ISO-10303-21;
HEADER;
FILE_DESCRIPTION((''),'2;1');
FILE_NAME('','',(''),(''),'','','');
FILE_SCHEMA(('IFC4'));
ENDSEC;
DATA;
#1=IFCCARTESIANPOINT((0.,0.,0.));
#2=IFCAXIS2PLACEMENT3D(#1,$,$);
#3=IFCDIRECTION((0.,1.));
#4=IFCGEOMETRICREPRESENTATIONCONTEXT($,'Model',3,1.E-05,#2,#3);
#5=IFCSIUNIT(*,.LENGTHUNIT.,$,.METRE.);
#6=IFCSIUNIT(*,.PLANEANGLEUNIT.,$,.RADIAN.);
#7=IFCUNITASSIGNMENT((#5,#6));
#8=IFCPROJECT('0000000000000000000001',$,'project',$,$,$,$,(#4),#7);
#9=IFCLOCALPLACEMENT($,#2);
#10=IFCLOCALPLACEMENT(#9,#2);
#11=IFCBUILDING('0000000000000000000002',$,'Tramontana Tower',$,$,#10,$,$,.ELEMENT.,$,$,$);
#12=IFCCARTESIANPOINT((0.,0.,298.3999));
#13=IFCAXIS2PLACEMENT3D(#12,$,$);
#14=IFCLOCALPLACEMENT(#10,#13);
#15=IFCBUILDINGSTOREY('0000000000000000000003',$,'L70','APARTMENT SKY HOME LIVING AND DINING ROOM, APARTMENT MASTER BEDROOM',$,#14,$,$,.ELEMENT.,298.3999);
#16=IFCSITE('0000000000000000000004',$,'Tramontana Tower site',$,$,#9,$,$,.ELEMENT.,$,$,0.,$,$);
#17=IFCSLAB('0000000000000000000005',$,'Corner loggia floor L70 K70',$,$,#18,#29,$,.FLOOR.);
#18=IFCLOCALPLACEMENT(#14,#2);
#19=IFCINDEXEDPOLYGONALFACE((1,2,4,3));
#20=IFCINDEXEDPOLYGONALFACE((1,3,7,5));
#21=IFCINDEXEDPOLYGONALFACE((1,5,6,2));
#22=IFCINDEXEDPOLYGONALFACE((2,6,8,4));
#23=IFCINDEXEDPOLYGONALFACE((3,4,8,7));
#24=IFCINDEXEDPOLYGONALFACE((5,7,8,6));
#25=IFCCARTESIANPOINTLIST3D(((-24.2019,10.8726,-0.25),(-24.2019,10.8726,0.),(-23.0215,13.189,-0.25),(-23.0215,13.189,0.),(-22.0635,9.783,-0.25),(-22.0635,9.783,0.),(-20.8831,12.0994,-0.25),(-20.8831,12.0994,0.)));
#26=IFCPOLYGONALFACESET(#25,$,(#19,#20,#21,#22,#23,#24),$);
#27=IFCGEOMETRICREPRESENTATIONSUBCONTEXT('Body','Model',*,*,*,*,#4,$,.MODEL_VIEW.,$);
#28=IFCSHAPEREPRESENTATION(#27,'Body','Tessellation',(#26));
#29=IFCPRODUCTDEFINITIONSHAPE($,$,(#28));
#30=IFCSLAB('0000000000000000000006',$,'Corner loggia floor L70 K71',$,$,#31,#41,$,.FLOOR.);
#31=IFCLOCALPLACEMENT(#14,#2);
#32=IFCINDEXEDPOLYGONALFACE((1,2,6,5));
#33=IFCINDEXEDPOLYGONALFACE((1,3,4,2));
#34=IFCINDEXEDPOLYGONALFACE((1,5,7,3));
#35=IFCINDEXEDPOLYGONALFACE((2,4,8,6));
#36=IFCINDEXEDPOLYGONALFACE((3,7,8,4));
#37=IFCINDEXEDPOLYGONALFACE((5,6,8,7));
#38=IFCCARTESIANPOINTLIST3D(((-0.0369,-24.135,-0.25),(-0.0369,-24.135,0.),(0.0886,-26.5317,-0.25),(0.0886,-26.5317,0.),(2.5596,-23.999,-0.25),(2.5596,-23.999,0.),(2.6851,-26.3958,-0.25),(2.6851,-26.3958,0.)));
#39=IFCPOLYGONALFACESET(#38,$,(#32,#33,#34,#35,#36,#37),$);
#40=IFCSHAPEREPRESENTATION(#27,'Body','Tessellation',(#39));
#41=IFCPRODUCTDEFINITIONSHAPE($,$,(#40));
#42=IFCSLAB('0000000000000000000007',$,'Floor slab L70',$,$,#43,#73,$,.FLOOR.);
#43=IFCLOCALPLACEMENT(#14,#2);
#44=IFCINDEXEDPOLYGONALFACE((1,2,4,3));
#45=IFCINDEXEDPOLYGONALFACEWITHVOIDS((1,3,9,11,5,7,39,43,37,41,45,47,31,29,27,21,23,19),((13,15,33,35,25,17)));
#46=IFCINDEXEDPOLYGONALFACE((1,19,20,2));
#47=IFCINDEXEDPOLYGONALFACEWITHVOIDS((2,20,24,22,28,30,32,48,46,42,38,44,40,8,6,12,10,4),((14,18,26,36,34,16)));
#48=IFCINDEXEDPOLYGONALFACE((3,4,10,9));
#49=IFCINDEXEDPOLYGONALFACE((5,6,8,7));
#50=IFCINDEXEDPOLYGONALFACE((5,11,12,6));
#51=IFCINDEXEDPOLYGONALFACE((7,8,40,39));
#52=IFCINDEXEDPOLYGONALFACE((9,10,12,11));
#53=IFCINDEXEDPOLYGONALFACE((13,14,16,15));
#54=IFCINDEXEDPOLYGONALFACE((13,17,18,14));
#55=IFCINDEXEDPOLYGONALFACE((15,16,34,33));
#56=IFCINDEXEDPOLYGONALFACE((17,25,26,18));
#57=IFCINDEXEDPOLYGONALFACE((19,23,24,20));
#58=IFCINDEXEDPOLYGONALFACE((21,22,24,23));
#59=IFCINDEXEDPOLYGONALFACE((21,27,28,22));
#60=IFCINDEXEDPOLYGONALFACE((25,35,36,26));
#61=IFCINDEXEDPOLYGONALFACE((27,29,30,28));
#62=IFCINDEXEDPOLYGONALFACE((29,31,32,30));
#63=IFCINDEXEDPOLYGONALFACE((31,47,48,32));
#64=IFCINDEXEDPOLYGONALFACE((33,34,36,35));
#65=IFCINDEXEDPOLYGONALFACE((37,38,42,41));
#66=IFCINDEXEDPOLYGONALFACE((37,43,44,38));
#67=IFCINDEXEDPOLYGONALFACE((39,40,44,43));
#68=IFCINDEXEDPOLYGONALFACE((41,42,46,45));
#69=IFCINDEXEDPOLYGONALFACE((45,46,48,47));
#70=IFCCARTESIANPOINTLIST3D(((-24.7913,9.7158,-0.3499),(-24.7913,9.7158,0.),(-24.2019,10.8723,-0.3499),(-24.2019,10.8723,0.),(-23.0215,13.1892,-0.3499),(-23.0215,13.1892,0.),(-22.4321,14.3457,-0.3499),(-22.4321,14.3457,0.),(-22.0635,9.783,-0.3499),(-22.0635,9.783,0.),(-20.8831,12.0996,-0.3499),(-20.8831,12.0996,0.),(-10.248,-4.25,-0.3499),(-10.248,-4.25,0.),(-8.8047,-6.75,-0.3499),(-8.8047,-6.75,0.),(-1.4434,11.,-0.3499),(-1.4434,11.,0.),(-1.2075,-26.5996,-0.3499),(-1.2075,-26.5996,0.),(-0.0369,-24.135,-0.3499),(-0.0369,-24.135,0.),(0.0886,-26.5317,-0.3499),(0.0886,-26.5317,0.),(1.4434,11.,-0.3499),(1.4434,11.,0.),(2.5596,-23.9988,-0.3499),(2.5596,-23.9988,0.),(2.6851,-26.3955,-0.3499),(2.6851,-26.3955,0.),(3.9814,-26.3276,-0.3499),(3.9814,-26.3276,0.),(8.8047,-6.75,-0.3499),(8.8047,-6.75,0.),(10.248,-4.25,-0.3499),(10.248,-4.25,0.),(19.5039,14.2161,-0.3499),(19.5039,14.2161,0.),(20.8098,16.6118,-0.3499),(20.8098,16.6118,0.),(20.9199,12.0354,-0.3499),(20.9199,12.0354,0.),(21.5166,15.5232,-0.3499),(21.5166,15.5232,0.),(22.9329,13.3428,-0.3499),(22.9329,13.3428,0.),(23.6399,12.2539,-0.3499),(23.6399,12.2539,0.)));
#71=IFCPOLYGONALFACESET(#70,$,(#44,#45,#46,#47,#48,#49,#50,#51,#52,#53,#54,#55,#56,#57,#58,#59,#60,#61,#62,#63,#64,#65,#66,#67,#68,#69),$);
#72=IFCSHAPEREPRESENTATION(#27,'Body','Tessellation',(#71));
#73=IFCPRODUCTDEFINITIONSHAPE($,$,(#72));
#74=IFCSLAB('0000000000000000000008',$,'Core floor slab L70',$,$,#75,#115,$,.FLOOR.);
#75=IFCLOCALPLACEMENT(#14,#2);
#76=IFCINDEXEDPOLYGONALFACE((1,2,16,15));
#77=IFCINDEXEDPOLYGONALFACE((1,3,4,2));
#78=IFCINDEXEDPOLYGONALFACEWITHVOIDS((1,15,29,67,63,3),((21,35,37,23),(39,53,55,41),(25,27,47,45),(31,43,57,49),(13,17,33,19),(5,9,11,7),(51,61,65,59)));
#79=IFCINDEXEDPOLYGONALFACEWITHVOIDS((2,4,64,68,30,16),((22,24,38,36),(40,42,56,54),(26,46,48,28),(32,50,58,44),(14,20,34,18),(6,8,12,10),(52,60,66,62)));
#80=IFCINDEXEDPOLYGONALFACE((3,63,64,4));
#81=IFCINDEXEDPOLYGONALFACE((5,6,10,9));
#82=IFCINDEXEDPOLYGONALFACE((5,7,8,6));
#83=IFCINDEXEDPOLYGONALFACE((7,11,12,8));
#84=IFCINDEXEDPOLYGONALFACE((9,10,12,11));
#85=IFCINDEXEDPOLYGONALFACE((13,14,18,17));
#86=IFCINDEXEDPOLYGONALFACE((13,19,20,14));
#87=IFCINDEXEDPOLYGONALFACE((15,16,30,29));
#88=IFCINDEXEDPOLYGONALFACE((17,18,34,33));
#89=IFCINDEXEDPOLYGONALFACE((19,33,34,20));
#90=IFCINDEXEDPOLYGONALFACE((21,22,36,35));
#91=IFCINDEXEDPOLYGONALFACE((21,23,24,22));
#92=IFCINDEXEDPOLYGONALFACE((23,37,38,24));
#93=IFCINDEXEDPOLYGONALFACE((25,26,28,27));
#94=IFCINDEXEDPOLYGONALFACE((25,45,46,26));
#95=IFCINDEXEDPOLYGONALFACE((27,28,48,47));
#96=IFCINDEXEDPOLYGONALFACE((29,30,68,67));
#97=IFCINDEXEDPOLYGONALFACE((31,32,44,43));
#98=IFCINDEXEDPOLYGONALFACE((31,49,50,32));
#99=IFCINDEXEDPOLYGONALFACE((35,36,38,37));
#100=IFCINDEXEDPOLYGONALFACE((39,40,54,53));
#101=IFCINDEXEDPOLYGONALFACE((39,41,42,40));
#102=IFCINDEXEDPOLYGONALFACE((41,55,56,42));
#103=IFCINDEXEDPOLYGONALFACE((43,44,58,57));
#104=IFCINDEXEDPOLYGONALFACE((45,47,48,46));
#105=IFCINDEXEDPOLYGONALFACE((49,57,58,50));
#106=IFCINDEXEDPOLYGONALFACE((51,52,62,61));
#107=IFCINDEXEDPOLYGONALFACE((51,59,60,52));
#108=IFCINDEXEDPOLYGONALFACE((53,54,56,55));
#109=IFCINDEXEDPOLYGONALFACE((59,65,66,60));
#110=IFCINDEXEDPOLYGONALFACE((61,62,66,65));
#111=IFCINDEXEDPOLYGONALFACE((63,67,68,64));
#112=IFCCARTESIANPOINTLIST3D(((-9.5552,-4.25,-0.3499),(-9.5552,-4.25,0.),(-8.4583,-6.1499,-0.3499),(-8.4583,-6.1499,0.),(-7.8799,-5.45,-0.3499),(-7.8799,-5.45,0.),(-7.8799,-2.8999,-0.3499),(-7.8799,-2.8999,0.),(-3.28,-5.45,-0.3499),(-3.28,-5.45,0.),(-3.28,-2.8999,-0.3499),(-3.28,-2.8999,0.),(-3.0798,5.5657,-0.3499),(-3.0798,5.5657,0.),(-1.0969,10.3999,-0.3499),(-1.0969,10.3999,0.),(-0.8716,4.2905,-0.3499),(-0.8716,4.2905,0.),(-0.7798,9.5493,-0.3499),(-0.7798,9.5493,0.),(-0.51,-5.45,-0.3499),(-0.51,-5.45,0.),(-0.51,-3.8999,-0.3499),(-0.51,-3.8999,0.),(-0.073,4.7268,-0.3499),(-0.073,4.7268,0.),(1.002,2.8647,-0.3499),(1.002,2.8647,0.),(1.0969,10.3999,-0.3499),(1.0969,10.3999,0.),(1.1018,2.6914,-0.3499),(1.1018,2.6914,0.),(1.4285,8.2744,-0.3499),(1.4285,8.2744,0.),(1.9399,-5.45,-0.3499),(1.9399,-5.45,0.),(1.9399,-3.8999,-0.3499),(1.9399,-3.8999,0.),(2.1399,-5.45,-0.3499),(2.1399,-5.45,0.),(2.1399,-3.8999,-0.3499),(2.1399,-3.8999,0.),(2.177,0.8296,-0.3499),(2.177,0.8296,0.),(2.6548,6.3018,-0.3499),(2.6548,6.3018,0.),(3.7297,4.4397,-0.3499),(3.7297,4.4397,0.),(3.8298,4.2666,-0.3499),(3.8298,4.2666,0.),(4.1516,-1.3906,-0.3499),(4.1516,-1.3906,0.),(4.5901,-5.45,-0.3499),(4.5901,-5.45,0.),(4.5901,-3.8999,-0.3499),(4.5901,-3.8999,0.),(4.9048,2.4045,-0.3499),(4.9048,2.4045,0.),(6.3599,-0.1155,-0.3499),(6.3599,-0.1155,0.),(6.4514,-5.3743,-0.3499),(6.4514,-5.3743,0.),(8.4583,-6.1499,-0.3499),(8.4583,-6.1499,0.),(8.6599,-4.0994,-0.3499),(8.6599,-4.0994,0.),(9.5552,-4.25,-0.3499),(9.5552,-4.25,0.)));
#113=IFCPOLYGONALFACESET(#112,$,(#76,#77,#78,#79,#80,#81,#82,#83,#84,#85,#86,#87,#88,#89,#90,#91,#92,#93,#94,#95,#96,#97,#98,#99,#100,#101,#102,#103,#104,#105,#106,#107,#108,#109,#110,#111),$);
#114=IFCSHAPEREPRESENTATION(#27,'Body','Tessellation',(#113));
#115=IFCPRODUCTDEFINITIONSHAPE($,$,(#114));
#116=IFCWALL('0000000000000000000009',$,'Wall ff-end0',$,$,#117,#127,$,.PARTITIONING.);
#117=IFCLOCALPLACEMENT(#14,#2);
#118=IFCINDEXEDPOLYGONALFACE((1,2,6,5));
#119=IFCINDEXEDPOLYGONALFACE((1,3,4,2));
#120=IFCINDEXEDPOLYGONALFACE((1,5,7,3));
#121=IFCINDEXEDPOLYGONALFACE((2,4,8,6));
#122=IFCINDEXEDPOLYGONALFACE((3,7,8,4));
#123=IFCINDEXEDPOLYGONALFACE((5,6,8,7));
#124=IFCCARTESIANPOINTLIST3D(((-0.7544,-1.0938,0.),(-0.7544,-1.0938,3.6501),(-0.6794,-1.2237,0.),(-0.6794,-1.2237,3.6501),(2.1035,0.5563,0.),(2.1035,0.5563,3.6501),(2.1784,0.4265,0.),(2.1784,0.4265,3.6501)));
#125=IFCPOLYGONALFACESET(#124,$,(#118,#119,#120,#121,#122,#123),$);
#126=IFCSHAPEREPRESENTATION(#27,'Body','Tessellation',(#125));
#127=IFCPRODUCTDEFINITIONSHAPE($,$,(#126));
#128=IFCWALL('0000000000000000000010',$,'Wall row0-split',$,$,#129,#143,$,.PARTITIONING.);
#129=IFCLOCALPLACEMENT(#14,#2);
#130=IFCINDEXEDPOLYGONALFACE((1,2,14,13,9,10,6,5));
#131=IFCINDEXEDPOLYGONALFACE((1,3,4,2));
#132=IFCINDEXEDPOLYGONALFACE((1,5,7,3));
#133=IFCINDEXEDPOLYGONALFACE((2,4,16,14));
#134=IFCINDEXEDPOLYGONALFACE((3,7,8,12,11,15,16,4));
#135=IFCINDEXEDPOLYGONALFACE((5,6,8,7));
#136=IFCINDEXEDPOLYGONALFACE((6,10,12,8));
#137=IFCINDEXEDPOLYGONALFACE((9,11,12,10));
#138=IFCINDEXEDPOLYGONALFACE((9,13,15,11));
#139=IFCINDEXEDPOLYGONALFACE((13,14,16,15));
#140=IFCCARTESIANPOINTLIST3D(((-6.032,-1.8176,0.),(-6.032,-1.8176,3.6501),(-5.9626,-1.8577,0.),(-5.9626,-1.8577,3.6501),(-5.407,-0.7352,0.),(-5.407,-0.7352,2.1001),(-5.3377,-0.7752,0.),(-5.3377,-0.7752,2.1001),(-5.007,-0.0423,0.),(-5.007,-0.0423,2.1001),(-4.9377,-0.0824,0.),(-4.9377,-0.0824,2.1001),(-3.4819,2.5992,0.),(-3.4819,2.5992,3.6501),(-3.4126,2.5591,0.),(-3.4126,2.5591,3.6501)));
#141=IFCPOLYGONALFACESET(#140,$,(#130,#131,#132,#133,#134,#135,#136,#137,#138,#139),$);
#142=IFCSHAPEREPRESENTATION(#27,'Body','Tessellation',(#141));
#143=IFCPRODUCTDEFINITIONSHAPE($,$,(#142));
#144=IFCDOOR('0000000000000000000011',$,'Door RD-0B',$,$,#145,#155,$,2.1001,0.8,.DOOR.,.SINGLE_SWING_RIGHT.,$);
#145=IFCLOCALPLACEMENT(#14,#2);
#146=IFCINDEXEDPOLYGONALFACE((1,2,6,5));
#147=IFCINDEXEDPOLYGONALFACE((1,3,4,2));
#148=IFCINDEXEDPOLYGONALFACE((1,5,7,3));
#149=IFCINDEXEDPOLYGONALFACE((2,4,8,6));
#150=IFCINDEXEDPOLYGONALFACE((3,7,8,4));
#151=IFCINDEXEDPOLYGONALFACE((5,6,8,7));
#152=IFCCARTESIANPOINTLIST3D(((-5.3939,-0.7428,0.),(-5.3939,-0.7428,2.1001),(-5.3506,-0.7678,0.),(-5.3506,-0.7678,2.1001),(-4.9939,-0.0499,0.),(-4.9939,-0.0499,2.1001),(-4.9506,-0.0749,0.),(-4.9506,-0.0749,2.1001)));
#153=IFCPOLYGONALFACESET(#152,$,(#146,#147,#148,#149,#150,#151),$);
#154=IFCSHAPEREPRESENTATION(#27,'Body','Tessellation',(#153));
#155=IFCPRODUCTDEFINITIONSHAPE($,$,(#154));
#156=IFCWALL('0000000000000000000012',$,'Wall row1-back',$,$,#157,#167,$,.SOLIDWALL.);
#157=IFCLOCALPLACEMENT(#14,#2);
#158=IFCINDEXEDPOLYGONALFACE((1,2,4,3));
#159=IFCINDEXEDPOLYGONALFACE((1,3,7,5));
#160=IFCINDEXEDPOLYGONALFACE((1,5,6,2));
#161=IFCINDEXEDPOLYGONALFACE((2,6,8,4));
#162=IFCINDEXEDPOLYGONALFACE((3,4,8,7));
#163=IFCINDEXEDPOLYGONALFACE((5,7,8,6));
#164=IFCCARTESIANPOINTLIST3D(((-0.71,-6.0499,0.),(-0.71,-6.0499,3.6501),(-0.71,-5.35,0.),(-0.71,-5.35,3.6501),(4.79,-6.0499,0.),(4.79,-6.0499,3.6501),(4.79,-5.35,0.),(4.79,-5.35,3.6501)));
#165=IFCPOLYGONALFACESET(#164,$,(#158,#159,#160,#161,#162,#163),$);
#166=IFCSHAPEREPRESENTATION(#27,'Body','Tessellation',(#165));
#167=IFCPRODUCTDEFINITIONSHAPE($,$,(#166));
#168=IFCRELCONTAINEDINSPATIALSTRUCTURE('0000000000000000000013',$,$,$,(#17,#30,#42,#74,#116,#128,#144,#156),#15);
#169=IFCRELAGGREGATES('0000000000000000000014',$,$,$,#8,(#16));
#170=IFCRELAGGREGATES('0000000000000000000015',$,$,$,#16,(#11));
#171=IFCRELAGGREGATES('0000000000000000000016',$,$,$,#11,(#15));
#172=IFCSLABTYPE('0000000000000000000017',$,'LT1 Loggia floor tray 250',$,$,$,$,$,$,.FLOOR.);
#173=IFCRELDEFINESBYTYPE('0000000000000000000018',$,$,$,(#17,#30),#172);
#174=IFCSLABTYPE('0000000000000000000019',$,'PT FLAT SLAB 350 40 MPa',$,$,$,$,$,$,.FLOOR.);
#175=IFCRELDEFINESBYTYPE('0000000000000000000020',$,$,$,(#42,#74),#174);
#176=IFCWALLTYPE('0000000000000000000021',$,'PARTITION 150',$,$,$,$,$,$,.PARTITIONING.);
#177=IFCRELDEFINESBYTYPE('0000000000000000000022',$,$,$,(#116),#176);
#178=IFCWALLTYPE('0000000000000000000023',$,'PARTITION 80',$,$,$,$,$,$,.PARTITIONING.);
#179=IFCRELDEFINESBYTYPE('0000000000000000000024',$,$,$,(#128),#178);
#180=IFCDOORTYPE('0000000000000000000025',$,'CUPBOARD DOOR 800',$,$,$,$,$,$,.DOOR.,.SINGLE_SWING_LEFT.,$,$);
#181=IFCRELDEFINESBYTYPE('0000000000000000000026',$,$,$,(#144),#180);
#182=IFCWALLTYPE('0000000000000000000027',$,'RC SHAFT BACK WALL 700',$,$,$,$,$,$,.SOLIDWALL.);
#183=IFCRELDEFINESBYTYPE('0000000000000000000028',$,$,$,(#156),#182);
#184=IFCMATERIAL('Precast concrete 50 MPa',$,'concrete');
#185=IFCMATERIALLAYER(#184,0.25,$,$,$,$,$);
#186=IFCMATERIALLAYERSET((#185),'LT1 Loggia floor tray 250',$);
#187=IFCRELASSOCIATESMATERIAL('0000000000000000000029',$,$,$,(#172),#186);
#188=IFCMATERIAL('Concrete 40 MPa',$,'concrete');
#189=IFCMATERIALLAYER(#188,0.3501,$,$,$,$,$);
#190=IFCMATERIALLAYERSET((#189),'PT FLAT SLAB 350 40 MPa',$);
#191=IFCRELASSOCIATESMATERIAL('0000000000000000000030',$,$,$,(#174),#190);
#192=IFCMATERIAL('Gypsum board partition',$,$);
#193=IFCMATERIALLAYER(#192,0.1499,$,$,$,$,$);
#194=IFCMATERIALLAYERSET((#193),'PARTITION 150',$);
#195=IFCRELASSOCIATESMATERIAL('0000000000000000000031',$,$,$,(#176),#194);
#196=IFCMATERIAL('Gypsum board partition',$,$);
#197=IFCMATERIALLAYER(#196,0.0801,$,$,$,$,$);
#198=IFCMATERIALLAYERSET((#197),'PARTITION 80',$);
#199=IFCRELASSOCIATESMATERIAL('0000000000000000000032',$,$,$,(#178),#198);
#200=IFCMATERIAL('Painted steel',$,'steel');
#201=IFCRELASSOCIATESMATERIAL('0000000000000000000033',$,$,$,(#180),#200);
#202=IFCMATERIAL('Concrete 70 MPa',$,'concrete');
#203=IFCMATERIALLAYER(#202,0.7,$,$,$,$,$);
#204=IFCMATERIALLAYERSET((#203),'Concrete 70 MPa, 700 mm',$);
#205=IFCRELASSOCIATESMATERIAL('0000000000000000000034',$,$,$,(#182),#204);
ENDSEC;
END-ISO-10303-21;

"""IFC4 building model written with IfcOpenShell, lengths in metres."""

from ifc_helpers import new_model, si_unit, direction, frame, frame_2d, origin, place, context, subcontext, project, spatial, polyline, rectangle, outline, extrude, material, layer, layer_set, type_object, element, fill, save


model = new_model("IFC4")

# Units and contexts
model_context = context("Model", 3, precision=1e-05, world=origin(), true_north=direction((0.0, 1.0)))
body_context = subcontext(model_context, "Body", "Model", "MODEL_VIEW")
ifc_project = project(units=[si_unit("LENGTHUNIT", "METRE"), si_unit("PLANEANGLEUNIT", "RADIAN")], contexts=[model_context])

# Site, building, storey
site_placement = place(None, origin())
site = spatial("IfcSite", under=ifc_project, at=site_placement, Name="Tramontana Tower site", CompositionType="ELEMENT", RefElevation=0.0)
building_placement = place(site_placement, origin())
building = spatial("IfcBuilding", under=site, at=building_placement, Name="Tramontana Tower", CompositionType="ELEMENT")
storey_placement = place(building_placement, frame((0.0, 0.0, 298.3999)))
storey = spatial("IfcBuildingStorey", under=building, at=storey_placement, Name="L70", Description="APARTMENT SKY HOME LIVING AND DINING ROOM, APARTMENT MASTER BEDROOM", CompositionType="ELEMENT", Elevation=298.3999)

# Slabs
ifc_material_1 = material(Name="Precast concrete 50 MPa", Category="concrete")
ifc_layer_1 = layer(ifc_material_1, 0.25)
ifc_layer_set_1 = layer_set([ifc_layer_1], Name="LT1 Loggia floor tray 250")
slab_type_1 = type_object("IfcSlabType", Name="LT1 Loggia floor tray 250", PredefinedType="FLOOR", material=ifc_layer_set_1)
slab_1_placement = place(storey_placement, frame((0.0, 0.0, -0.25)))
element("IfcSlab", 1, at=slab_1_placement, inside=storey, type_object=slab_type_1, Name="Corner loggia floor L70 K70", PredefinedType="FLOOR", context=body_context, shape_type="SweptSolid", body=[
    extrude(outline(polyline([(-23.0215, 13.189), (-20.8831, 12.0994), (-22.0635, 9.783), (-24.2019, 10.8726), (-23.0215, 13.189)])), origin(), (0.0, 0.0, 1.0), 0.25),
])
slab_2_placement = place(storey_placement, frame((0.0, 0.0, -0.25)))
element("IfcSlab", 2, at=slab_2_placement, inside=storey, type_object=slab_type_1, Name="Corner loggia floor L70 K71", PredefinedType="FLOOR", context=body_context, shape_type="SweptSolid", body=[
    extrude(outline(polyline([(0.0886, -26.5317), (-0.0369, -24.135), (2.5596, -23.999), (2.6851, -26.3958), (0.0886, -26.5317)])), origin(), (0.0, 0.0, 1.0), 0.25),
])
ifc_material_2 = material(Name="Concrete 40 MPa", Category="concrete")
ifc_layer_2 = layer(ifc_material_2, 0.3501)
ifc_layer_set_2 = layer_set([ifc_layer_2], Name="PT FLAT SLAB 350 40 MPa")
slab_type_2 = type_object("IfcSlabType", Name="PT FLAT SLAB 350 40 MPa", PredefinedType="FLOOR", material=ifc_layer_set_2)
slab_3_placement = place(storey_placement, frame((0.0, 0.0, -0.3499)))
element("IfcSlab", 3, at=slab_3_placement, inside=storey, type_object=slab_type_2, Name="Floor slab L70", PredefinedType="FLOOR", context=body_context, shape_type="SweptSolid", body=[
    extrude(outline(polyline([(21.5166, 15.5232), (19.5039, 14.2161), (20.9199, 12.0354), (22.9329, 13.3428), (23.6399, 12.2539), (3.9814, -26.3276), (2.6851, -26.3955), (2.5596, -23.9988), (-0.0369, -24.135), (0.0886, -26.5317), (-1.2075, -26.5996), (-24.7913, 9.7158), (-24.2019, 10.8723), (-22.0635, 9.783), (-20.8831, 12.0996), (-23.0215, 13.1892), (-22.4321, 14.3457), (20.8098, 16.6118), (21.5166, 15.5232)]), holes=[polyline([(-10.248, -4.25), (-8.8047, -6.75), (8.8047, -6.75), (10.248, -4.25), (1.4434, 11.0), (-1.4434, 11.0), (-10.248, -4.25)])]), origin(), (0.0, 0.0, 1.0), 0.3499),
])
slab_4_placement = place(storey_placement, frame((0.0, 0.0, -0.3499)))
element("IfcSlab", 4, at=slab_4_placement, inside=storey, type_object=slab_type_2, Name="Core floor slab L70", PredefinedType="FLOOR", context=body_context, shape_type="SweptSolid", body=[
    extrude(outline(polyline([(9.5552, -4.25), (8.4583, -6.1499), (-8.4583, -6.1499), (-9.5552, -4.25), (-1.0969, 10.3999), (1.0969, 10.3999), (9.5552, -4.25)]), holes=[polyline([(8.6599, -4.0994), (6.3599, -0.1155), (4.1516, -1.3906), (6.4514, -5.3743), (8.6599, -4.0994)]), polyline([(3.8298, 4.2666), (1.1018, 2.6914), (2.177, 0.8296), (4.9048, 2.4045), (3.8298, 4.2666)]), polyline([(4.5901, -3.8999), (2.1399, -3.8999), (2.1399, -5.45), (4.5901, -5.45), (4.5901, -3.8999)]), polyline([(2.6548, 6.3018), (-0.073, 4.7268), (1.002, 2.8647), (3.7297, 4.4397), (2.6548, 6.3018)]), polyline([(1.9399, -5.45), (1.9399, -3.8999), (-0.51, -3.8999), (-0.51, -5.45), (1.9399, -5.45)]), polyline([(-0.7798, 9.5493), (-3.0798, 5.5657), (-0.8716, 4.2905), (1.4285, 8.2744), (-0.7798, 9.5493)]), polyline([(-7.8799, -5.45), (-3.28, -5.45), (-3.28, -2.8999), (-7.8799, -2.8999), (-7.8799, -5.45)])]), origin(), (0.0, 0.0, 1.0), 0.3499),
])

# Shared definitions
ifc_material_3 = material(Name="Gypsum board partition")
ifc_layer_3 = layer(ifc_material_3, 0.1499)
ifc_layer_set_3 = layer_set([ifc_layer_3], Name="PARTITION 150")
wall_type_1 = type_object("IfcWallType", Name="PARTITION 150", PredefinedType="PARTITIONING", material=ifc_layer_set_3)

# Wall
wall_1_placement = place(storey_placement, frame((-0.7168, -1.1587, 0.0), z_axis=(0.0, 0.0, 1.0), x_axis=(0.866008, 0.50003, 0.0)))
element("IfcWall", 5, at=wall_1_placement, inside=storey, type_object=wall_type_1, Name="Wall ff-end0", PredefinedType="PARTITIONING", context=body_context, shape_type="SweptSolid", body=[
    extrude(rectangle(XDim=3.3, YDim=0.1499, at=frame_2d((1.6499, 0.0))), origin(), (0.0, 0.0, 1.0), 3.6501),
])

# Wall, opening, door
ifc_material_4 = material(Name="Gypsum board partition")
ifc_layer_4 = layer(ifc_material_4, 0.0801)
ifc_layer_set_4 = layer_set([ifc_layer_4], Name="PARTITION 80")
wall_type_2 = type_object("IfcWallType", Name="PARTITION 80", PredefinedType="PARTITIONING", material=ifc_layer_set_4)
wall_2_placement = place(storey_placement, frame((-5.9973, -1.8376, 0.0), z_axis=(0.0, 0.0, 1.0), x_axis=(0.500006, 0.866022, 0.0)))
wall_2 = element("IfcWall", 6, at=wall_2_placement, inside=storey, type_object=wall_type_2, Name="Wall row0-split", PredefinedType="PARTITIONING", context=body_context, shape_type="SweptSolid", body=[
    extrude(rectangle(XDim=5.1001, YDim=0.0801, at=frame_2d((2.55, 0.0))), origin(), (0.0, 0.0, 1.0), 3.6501),
])
opening_1_placement = place(wall_2_placement, frame((1.25, 0.0, 0.0)))
opening_1 = element("IfcOpeningElement", 7, at=opening_1_placement, cuts=wall_2, PredefinedType="OPENING", context=body_context, shape_type="SweptSolid", body=[
    extrude(rectangle(XDim=0.8, YDim=2.1001, at=frame_2d((0.3999, 1.05))), frame((0.0, 0.05, 0.0), z_axis=(0.0, -1.0, 0.0), x_axis=(1.0, 0.0, 0.0)), (0.0, 0.0, 1.0), 0.1001),
])
ifc_material_5 = material(Name="Painted steel", Category="steel")
door_type_1 = type_object("IfcDoorType", Name="CUPBOARD DOOR 800", OperationType="SINGLE_SWING_LEFT", PredefinedType="DOOR", material=ifc_material_5)
door_1_placement = place(opening_1_placement, origin())
door_1 = element("IfcDoor", 8, at=door_1_placement, inside=storey, type_object=door_type_1, Name="Door RD-0B", OperationType="SINGLE_SWING_RIGHT", OverallHeight=2.1001, OverallWidth=0.8, PredefinedType="DOOR", context=body_context, shape_type="SweptSolid", body=[
    extrude(rectangle(XDim=0.8, YDim=2.1001, at=frame_2d((0.3999, 1.05))), frame((0.0, 0.0249, 0.0), z_axis=(0.0, -1.0, 0.0), x_axis=(1.0, 0.0, 0.0)), (0.0, 0.0, 1.0), 0.05),
])
fill(opening_1, door_1)

# Wall
ifc_material_6 = material(Name="Concrete 70 MPa", Category="concrete")
ifc_layer_5 = layer(ifc_material_6, 0.7)
ifc_layer_set_5 = layer_set([ifc_layer_5], Name="Concrete 70 MPa, 700 mm")
wall_type_3 = type_object("IfcWallType", Name="RC SHAFT BACK WALL 700", PredefinedType="SOLIDWALL", material=ifc_layer_set_5)
wall_3_placement = place(storey_placement, frame((-0.71, -5.7, 0.0), z_axis=(0.0, 0.0, 1.0), x_axis=(1.0, 0.0, 0.0)))
element("IfcWall", 9, at=wall_3_placement, inside=storey, type_object=wall_type_3, Name="Wall row1-back", PredefinedType="SOLIDWALL", context=body_context, shape_type="SweptSolid", body=[
    extrude(rectangle(XDim=5.5, YDim=0.7, at=frame_2d((2.75, 0.0))), origin(), (0.0, 0.0, 1.0), 3.6501),
])

save(model, "model.ifc")
